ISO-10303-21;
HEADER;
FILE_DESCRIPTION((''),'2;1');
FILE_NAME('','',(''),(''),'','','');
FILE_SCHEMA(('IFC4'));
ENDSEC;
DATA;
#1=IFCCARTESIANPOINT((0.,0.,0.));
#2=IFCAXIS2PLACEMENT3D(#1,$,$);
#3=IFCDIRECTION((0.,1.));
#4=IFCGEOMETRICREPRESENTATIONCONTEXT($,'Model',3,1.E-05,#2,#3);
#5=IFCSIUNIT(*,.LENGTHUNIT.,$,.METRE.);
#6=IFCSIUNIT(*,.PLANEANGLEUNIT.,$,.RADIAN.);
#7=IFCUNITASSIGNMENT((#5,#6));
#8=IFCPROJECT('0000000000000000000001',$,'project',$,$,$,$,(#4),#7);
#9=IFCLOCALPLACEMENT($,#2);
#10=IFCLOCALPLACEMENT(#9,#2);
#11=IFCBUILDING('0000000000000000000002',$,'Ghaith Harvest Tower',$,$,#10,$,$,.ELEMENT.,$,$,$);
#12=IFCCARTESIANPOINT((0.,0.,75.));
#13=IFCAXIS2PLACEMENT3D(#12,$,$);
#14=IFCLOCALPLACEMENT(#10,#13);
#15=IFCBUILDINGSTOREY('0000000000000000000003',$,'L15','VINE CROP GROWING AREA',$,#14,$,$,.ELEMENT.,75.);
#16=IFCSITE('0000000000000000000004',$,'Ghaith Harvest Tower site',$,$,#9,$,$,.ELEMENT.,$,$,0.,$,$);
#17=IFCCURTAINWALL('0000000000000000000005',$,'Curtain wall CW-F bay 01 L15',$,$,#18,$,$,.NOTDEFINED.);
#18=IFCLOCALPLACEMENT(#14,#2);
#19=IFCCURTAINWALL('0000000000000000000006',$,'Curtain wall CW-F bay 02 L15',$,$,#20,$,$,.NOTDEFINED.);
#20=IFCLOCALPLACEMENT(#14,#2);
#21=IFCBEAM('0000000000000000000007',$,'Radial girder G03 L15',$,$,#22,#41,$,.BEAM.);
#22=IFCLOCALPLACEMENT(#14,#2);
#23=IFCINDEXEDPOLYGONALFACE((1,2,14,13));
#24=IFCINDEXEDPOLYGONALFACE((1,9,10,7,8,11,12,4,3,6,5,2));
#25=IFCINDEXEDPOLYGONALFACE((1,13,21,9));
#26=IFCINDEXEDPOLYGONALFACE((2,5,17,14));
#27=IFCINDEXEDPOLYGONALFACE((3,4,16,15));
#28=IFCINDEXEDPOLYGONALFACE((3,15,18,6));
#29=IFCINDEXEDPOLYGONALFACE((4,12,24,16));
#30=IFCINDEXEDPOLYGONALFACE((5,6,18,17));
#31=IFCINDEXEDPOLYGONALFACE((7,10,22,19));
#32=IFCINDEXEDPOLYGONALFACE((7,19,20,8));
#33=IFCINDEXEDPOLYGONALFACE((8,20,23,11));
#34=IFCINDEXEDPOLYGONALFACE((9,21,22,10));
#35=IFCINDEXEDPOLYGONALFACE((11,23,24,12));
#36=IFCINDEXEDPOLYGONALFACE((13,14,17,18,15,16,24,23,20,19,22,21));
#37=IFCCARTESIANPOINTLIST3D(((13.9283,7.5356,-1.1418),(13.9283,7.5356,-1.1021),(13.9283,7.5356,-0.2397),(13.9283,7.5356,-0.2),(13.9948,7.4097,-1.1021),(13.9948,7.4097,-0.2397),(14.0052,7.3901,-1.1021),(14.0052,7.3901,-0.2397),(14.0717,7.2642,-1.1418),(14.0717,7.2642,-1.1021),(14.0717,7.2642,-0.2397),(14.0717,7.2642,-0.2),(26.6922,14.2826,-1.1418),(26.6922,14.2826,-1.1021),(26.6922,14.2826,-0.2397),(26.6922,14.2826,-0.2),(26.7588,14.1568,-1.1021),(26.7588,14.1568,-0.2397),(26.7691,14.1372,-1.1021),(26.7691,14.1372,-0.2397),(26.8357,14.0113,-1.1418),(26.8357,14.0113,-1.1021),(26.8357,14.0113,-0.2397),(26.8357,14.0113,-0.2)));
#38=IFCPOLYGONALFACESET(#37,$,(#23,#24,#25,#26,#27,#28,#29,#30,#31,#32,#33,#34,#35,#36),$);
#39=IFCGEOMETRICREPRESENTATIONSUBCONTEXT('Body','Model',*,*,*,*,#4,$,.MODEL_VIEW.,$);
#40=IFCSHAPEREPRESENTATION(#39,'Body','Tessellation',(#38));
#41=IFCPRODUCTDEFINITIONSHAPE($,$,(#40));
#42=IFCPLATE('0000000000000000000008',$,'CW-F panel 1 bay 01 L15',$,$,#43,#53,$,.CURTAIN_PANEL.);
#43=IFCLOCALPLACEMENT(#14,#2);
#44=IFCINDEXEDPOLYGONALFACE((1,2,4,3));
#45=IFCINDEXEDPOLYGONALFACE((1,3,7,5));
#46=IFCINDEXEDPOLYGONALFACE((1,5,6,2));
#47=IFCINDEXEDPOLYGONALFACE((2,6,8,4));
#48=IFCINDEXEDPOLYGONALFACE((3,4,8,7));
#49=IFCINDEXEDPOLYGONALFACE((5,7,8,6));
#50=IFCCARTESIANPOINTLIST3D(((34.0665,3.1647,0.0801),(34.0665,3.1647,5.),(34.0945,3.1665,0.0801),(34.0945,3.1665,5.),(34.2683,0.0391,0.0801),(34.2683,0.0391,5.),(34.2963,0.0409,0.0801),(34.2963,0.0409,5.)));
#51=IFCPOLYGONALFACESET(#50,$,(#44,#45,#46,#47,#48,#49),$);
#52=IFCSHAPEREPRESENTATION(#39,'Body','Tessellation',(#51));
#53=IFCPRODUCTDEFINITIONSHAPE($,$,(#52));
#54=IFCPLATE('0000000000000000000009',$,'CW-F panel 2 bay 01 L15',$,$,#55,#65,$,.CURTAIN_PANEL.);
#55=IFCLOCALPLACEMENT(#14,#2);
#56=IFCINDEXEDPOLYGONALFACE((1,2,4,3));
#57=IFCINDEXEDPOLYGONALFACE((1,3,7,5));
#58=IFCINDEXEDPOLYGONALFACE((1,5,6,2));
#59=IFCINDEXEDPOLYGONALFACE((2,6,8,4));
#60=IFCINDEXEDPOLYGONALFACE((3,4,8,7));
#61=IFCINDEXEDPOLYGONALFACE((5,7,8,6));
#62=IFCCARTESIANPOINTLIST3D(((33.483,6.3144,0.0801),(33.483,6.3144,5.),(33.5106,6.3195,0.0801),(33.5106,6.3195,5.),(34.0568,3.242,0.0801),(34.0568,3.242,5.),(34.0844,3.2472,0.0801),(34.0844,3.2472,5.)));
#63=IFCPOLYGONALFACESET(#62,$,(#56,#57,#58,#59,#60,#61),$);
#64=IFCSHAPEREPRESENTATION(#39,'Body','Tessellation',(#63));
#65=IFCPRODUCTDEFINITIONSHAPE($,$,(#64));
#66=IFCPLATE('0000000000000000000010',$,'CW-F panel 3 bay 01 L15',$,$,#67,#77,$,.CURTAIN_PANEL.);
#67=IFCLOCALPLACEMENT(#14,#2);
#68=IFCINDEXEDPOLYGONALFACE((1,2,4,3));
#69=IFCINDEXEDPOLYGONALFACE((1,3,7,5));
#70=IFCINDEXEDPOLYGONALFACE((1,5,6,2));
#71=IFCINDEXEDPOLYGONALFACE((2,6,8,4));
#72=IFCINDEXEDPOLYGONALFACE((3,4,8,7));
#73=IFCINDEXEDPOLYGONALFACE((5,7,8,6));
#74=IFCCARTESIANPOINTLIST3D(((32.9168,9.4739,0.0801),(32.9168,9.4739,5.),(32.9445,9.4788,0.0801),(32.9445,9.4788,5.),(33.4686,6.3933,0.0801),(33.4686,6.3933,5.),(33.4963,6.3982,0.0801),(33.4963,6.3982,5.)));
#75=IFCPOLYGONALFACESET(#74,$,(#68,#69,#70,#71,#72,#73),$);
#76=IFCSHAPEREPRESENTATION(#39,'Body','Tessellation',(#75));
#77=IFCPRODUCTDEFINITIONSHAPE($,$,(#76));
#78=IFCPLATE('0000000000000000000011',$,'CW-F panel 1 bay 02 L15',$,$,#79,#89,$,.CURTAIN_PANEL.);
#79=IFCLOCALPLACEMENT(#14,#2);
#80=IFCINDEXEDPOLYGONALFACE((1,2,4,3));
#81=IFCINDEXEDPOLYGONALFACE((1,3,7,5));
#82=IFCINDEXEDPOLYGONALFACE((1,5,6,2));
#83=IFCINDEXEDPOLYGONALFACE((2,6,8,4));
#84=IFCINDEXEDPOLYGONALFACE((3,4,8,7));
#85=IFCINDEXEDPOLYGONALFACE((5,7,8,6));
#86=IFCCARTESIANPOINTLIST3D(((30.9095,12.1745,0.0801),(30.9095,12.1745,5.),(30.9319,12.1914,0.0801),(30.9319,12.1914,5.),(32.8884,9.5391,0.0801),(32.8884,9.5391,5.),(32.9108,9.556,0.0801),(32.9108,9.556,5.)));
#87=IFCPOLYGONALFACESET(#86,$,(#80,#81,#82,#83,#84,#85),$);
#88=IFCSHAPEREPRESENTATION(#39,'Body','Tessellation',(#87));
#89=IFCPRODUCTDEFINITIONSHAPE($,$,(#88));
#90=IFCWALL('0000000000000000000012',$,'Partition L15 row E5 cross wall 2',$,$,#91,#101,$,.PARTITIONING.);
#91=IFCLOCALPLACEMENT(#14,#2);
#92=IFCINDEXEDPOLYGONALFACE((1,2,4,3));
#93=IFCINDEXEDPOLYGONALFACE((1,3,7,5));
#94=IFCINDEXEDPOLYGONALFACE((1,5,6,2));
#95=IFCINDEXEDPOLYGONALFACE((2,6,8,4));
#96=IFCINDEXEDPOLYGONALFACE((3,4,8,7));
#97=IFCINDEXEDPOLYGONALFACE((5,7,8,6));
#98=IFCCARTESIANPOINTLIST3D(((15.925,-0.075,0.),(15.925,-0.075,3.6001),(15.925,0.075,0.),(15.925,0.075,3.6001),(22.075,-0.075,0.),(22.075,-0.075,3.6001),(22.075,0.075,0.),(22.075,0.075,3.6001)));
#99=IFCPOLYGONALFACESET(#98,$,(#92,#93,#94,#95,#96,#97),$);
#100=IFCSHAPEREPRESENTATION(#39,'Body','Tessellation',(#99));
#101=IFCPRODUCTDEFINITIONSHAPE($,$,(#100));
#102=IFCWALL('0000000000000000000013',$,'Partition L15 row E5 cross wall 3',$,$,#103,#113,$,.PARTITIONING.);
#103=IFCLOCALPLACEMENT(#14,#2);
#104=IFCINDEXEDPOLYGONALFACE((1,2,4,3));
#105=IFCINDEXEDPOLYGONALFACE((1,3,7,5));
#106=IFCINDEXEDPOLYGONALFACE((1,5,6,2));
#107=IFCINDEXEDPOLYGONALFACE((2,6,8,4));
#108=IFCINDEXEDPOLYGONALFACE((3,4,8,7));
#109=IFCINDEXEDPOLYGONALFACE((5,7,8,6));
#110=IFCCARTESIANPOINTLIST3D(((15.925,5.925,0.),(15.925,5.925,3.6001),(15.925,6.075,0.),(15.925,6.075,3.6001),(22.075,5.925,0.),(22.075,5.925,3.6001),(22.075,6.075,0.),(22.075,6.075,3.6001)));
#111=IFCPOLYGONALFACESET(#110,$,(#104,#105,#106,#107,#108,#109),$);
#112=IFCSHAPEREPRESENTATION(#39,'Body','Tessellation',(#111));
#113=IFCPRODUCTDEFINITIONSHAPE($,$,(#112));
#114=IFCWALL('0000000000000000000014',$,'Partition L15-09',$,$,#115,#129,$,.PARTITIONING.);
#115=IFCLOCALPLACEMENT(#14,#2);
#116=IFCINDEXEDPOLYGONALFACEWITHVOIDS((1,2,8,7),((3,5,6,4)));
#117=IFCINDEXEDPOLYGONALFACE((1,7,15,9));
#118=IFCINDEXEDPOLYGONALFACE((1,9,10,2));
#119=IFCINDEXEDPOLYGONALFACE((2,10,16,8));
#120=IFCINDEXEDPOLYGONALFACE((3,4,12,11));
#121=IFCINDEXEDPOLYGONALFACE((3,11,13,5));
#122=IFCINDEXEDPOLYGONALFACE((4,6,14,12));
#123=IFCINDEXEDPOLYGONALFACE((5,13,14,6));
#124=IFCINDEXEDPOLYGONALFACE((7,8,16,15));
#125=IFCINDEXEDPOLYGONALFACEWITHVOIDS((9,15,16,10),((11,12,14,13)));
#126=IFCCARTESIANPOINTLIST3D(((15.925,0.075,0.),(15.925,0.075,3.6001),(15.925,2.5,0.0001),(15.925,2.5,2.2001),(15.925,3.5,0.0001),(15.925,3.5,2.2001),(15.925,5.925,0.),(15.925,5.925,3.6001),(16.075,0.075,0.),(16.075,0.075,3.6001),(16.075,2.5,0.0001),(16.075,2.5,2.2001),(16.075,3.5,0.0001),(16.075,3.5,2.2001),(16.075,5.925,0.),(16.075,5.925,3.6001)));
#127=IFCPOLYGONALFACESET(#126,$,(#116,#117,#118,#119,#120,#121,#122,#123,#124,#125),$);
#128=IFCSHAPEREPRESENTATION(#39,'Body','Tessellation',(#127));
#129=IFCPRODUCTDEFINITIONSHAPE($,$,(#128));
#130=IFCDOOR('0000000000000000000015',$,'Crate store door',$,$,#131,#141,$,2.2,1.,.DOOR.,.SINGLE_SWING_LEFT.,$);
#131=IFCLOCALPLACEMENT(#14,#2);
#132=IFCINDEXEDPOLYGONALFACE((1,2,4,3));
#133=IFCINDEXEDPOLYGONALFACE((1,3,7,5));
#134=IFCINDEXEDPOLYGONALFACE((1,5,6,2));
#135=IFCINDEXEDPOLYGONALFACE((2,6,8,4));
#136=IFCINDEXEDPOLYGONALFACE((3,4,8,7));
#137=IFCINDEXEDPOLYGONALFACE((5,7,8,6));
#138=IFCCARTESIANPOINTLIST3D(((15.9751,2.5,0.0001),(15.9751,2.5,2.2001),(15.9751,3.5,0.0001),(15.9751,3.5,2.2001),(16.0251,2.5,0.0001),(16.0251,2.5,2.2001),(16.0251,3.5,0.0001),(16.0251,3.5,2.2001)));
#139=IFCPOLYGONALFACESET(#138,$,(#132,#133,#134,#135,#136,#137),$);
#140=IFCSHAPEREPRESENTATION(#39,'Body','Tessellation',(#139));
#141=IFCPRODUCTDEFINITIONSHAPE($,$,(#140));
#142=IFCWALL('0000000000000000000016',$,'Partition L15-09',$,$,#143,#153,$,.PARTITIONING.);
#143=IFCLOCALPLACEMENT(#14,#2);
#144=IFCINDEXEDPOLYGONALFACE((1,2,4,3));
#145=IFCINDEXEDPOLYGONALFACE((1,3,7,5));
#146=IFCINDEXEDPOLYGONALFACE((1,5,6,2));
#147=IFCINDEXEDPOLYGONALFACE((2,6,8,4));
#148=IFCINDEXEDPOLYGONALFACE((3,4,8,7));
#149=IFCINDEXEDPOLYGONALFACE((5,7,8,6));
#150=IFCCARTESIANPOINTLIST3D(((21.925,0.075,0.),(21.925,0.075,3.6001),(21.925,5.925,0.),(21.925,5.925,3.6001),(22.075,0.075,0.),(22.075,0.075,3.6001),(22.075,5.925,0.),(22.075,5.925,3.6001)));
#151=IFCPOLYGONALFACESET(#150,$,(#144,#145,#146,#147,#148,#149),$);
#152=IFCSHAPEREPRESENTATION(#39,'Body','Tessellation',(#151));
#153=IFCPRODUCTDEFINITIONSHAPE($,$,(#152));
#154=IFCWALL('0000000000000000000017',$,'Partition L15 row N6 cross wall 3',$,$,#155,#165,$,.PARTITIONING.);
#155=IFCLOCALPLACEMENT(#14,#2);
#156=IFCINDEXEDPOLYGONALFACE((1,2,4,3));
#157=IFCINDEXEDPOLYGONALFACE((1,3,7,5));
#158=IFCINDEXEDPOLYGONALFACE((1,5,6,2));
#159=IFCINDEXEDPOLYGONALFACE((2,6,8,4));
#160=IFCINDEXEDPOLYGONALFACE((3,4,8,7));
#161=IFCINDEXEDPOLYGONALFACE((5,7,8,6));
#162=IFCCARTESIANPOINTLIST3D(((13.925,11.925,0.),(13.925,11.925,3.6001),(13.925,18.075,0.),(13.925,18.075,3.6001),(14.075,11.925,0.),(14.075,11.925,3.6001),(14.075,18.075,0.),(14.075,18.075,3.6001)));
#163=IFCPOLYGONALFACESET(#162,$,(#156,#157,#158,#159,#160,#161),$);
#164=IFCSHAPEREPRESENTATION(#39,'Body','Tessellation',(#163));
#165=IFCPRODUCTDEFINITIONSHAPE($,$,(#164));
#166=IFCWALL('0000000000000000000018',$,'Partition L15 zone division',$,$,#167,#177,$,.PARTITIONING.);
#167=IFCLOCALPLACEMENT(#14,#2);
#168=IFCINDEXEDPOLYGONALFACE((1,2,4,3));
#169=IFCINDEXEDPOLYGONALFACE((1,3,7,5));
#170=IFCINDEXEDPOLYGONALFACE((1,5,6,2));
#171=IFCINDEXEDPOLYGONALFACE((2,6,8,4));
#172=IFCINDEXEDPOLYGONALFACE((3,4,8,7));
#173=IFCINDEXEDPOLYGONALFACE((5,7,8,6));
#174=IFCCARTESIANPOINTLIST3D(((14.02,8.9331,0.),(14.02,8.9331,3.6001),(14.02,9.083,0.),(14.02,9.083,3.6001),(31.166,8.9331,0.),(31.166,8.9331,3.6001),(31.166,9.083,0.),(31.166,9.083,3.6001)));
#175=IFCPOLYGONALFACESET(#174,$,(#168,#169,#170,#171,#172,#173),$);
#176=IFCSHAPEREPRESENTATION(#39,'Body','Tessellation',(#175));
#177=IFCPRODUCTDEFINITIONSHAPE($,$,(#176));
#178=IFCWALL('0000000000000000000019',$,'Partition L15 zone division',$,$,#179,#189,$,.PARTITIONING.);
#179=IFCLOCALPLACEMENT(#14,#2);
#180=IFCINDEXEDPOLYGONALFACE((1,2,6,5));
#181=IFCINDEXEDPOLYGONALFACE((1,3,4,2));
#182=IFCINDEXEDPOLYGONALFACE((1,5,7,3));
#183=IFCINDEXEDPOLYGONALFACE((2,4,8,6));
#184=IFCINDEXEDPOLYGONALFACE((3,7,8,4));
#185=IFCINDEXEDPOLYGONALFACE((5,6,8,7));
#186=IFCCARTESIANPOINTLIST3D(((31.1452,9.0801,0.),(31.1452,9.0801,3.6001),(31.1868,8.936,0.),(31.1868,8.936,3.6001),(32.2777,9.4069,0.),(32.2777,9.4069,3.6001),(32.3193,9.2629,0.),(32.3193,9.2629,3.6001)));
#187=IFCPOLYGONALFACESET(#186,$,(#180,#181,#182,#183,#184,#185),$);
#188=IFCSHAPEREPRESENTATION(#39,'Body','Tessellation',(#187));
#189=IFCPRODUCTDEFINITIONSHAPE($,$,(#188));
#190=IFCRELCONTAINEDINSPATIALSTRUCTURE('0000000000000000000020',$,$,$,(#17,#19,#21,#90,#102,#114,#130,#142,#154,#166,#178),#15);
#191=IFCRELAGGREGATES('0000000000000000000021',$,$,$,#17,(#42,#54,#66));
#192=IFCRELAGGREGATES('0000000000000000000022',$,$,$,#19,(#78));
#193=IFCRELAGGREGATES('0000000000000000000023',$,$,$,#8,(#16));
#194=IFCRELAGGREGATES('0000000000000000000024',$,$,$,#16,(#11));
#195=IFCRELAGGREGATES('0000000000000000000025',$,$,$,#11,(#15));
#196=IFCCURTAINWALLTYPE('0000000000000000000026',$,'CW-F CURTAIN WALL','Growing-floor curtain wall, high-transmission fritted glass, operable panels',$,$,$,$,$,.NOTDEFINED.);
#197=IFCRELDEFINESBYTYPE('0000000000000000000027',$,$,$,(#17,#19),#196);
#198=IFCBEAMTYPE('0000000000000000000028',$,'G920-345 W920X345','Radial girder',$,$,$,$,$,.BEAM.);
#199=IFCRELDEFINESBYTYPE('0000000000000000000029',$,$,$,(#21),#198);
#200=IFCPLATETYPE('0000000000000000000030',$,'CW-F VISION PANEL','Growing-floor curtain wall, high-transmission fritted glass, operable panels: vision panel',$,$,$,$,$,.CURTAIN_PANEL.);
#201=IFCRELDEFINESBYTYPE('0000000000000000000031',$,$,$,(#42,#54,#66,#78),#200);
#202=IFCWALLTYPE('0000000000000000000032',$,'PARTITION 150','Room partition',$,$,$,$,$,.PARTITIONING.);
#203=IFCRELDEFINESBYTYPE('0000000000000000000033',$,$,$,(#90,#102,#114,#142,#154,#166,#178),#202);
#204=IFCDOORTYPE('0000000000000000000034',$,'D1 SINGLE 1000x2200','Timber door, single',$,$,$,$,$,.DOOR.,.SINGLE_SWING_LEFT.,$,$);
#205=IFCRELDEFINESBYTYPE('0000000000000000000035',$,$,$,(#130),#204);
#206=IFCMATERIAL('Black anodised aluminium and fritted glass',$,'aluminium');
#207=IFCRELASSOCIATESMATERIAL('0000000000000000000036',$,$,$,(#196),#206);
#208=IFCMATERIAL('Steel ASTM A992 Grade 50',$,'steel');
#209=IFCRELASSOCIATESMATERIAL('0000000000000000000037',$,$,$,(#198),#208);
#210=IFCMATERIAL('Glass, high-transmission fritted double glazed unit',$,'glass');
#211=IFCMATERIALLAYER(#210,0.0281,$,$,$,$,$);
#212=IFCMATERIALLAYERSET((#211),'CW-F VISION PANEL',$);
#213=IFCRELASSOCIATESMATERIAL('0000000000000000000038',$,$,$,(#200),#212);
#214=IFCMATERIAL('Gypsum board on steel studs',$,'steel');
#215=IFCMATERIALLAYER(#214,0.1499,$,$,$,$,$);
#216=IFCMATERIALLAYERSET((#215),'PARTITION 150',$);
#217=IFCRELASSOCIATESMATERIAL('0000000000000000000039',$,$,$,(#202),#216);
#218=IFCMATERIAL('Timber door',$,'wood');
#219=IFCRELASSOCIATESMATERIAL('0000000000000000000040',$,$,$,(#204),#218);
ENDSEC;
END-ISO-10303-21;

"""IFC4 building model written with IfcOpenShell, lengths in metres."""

from ifc_helpers import new_model, si_unit, direction, frame, frame_2d, origin, origin_2d, place, context, subcontext, project, spatial, rectangle, i_section, extrude, material, layer, layer_set, material_profile, profile_set, type_object, element, fill, aggregate, save


model = new_model("IFC4")

# Units and contexts
model_context = context("Model", 3, precision=1e-05, world=origin(), true_north=direction((0.0, 1.0)))
body_context = subcontext(model_context, "Body", "Model", "MODEL_VIEW")
ifc_project = project(units=[si_unit("LENGTHUNIT", "METRE"), si_unit("PLANEANGLEUNIT", "RADIAN")], contexts=[model_context])

# Site, building, storey
site_placement = place(None, origin())
site = spatial("IfcSite", under=ifc_project, at=site_placement, Name="Ghaith Harvest Tower site", CompositionType="ELEMENT", RefElevation=0.0)
building_placement = place(site_placement, origin())
building = spatial("IfcBuilding", under=site, at=building_placement, Name="Ghaith Harvest Tower", CompositionType="ELEMENT")
storey_placement = place(building_placement, frame((0.0, 0.0, 75.0)))
storey = spatial("IfcBuildingStorey", under=building, at=storey_placement, Name="L15", Description="VINE CROP GROWING AREA", CompositionType="ELEMENT", Elevation=75.0)

# Curtain wall
ifc_material_1 = material(Name="Black anodised aluminium and fritted glass", Category="aluminium")
curtain_wall_type = type_object("IfcCurtainWallType", Name="CW-F CURTAIN WALL", Description="Growing-floor curtain wall, high-transmission fritted glass, operable panels", PredefinedType="NOTDEFINED", material=ifc_material_1)
curtain_wall_1_placement = place(storey_placement, origin())
curtain_wall_1 = element("IfcCurtainWall", 1, at=curtain_wall_1_placement, inside=storey, type_object=curtain_wall_type, Name="Curtain wall CW-F bay 01 L15", PredefinedType="NOTDEFINED")

# Curtain wall
curtain_wall_2_placement = place(storey_placement, origin())
curtain_wall_2 = element("IfcCurtainWall", 2, at=curtain_wall_2_placement, inside=storey, type_object=curtain_wall_type, Name="Curtain wall CW-F bay 02 L15", PredefinedType="NOTDEFINED")

# Beam
ifc_material_2 = material(Name="Steel ASTM A992 Grade 50", Category="steel")
ifc_material_profile_1 = material_profile(ifc_material_2, i_section(OverallWidth=0.3069, OverallDepth=0.9419, WebThickness=0.0222, FlangeThickness=0.0398, at=origin_2d()), Name="W920X345")
ifc_profile_set_1 = profile_set([ifc_material_profile_1], Name="Steel ASTM A992 Grade 50")
beam_type_1 = type_object("IfcBeamType", Name="G920-345 W920X345", Description="Radial girder", PredefinedType="BEAM", material=ifc_profile_set_1)
beam_1_placement = place(storey_placement, frame((14.0, 7.3999, -0.6709), z_axis=(0.884083, 0.467331, 0.0), x_axis=(-0.467331, 0.884083, 0.0)))
element("IfcBeam", 3, at=beam_1_placement, inside=storey, type_object=beam_type_1, Name="Radial girder G03 L15", PredefinedType="BEAM", context=body_context, shape_type="SweptSolid", body=[
    extrude(i_section(OverallWidth=0.3069, OverallDepth=0.9419, WebThickness=0.0222, FlangeThickness=0.0398, at=origin_2d()), origin(), (0.0, 0.0, 1.0), 14.4375),
])

# Plates
ifc_material_3 = material(Name="Glass, high-transmission fritted double glazed unit", Category="glass")
ifc_layer_1 = layer(ifc_material_3, 0.0281)
ifc_layer_set_1 = layer_set([ifc_layer_1], Name="CW-F VISION PANEL")
plate_type = type_object("IfcPlateType", Name="CW-F VISION PANEL", Description="Growing-floor curtain wall, high-transmission fritted glass, operable panels: vision panel", PredefinedType="CURTAIN_PANEL", material=ifc_layer_set_1)
plate_1_placement = place(storey_placement, frame((34.1814, 1.6028, 0.0801), z_axis=(0.0, 0.0, 1.0), x_axis=(-0.064446, 0.997921, 0.0)))
plate_1 = element("IfcPlate", 4, at=plate_1_placement, type_object=plate_type, Name="CW-F panel 1 bay 01 L15", PredefinedType="CURTAIN_PANEL", context=body_context, shape_type="SweptSolid", body=[
    extrude(rectangle(XDim=3.1321, YDim=0.0281, at=origin_2d()), origin(), (0.0, 0.0, 1.0), 4.9199),
])
plate_2_placement = place(storey_placement, frame((33.7837, 4.7808, 0.0801), z_axis=(0.0, 0.0, 1.0), x_axis=(-0.183569, 0.983007, 0.0)))
plate_2 = element("IfcPlate", 5, at=plate_2_placement, type_object=plate_type, Name="CW-F panel 2 bay 01 L15", PredefinedType="CURTAIN_PANEL", context=body_context, shape_type="SweptSolid", body=[
    extrude(rectangle(XDim=3.1255, YDim=0.0281, at=origin_2d()), origin(), (0.0, 0.0, 1.0), 4.9199),
])
plate_3_placement = place(storey_placement, frame((33.2065, 7.936, 0.0801), z_axis=(0.0, 0.0, 1.0), x_axis=(-0.17632, 0.984333, 0.0)))
plate_3 = element("IfcPlate", 6, at=plate_3_placement, type_object=plate_type, Name="CW-F panel 3 bay 01 L15", PredefinedType="CURTAIN_PANEL", context=body_context, shape_type="SweptSolid", body=[
    extrude(rectangle(XDim=3.1296, YDim=0.0281, at=origin_2d()), origin(), (0.0, 0.0, 1.0), 4.9199),
])
aggregate(curtain_wall_1, [plate_1, plate_2, plate_3])
plate_4_placement = place(storey_placement, frame((31.9102, 10.8652, 0.0801), z_axis=(0.0, 0.0, 1.0), x_axis=(-0.600454, 0.799659, 0.0)))
plate_4 = element("IfcPlate", 7, at=plate_4_placement, type_object=plate_type, Name="CW-F panel 1 bay 02 L15", PredefinedType="CURTAIN_PANEL", context=body_context, shape_type="SweptSolid", body=[
    extrude(rectangle(XDim=3.2957, YDim=0.0281, at=origin_2d()), origin(), (0.0, 0.0, 1.0), 4.9199),
])
aggregate(curtain_wall_2, [plate_4])

# Walls
ifc_material_4 = material(Name="Gypsum board on steel studs", Category="steel")
ifc_layer_2 = layer(ifc_material_4, 0.1499)
ifc_layer_set_2 = layer_set([ifc_layer_2], Name="PARTITION 150")
wall_type_1 = type_object("IfcWallType", Name="PARTITION 150", Description="Room partition", PredefinedType="PARTITIONING", material=ifc_layer_set_2)
for number, where, z_axis, x_axis, name in (
    (8, (15.925, 0.0, 0.0), (0.0, 0.0, 1.0), (1.0, 0.0, 0.0), "Partition L15 row E5 cross wall 2"),
    (9, (15.925, 6.0, 0.0), (0.0, 0.0, 1.0), (1.0, 0.0, 0.0), "Partition L15 row E5 cross wall 3"),
):
    element("IfcWall", number, at=place(storey_placement, frame(where, z_axis=z_axis, x_axis=x_axis)), inside=storey, type_object=wall_type_1, Name=name, PredefinedType="PARTITIONING", context=body_context, shape_type="SweptSolid", body=[
        extrude(rectangle(XDim=6.1499, YDim=0.1499, at=frame_2d((3.075, 0.0))), origin(), (0.0, 0.0, 1.0), 3.6001),
    ])

# Wall, opening, door
wall_1_placement = place(storey_placement, frame((16.0, 0.075, 0.0), z_axis=(0.0, 0.0, 1.0), x_axis=(0.0, 1.0, 0.0)))
wall_1 = element("IfcWall", 10, at=wall_1_placement, inside=storey, type_object=wall_type_1, Name="Partition L15-09", PredefinedType="PARTITIONING", context=body_context, shape_type="SweptSolid", body=[
    extrude(rectangle(XDim=5.8501, YDim=0.1499, at=frame_2d((2.925, 0.0))), origin(), (0.0, 0.0, 1.0), 3.6001),
])
opening_1_placement = place(wall_1_placement, frame((2.425, 0.0, 0.0)))
opening_1 = element("IfcOpeningElement", 11, at=opening_1_placement, cuts=wall_1, PredefinedType="OPENING", context=body_context, shape_type="SweptSolid", body=[
    extrude(rectangle(XDim=1.0, YDim=2.2, at=frame_2d((0.5, 1.1001))), frame((0.0, 0.085, 0.0), z_axis=(0.0, -1.0, 0.0), x_axis=(1.0, 0.0, 0.0)), (0.0, 0.0, 1.0), 0.1699),
])
ifc_material_5 = material(Name="Timber door", Category="wood")
door_type_1 = type_object("IfcDoorType", Name="D1 SINGLE 1000x2200", Description="Timber door, single", OperationType="SINGLE_SWING_LEFT", PredefinedType="DOOR", material=ifc_material_5)
door_1_placement = place(opening_1_placement, origin())
door_1 = element("IfcDoor", 12, at=door_1_placement, inside=storey, type_object=door_type_1, Name="Crate store door", OperationType="SINGLE_SWING_LEFT", OverallHeight=2.2, OverallWidth=1.0, PredefinedType="DOOR", context=body_context, shape_type="SweptSolid", body=[
    extrude(rectangle(XDim=1.0, YDim=2.2, at=frame_2d((0.5, 1.1001))), frame((0.0, 0.0249, 0.0), z_axis=(0.0, -1.0, 0.0), x_axis=(1.0, 0.0, 0.0)), (0.0, 0.0, 1.0), 0.05),
])
fill(opening_1, door_1)

# Walls
wall_2_placement = place(storey_placement, frame((22.0, 0.075, 0.0), z_axis=(0.0, 0.0, 1.0), x_axis=(0.0, 1.0, 0.0)))
element("IfcWall", 13, at=wall_2_placement, inside=storey, type_object=wall_type_1, Name="Partition L15-09", PredefinedType="PARTITIONING", context=body_context, shape_type="SweptSolid", body=[
    extrude(rectangle(XDim=5.8501, YDim=0.1499, at=frame_2d((2.925, 0.0))), origin(), (0.0, 0.0, 1.0), 3.6001),
])
wall_3_placement = place(storey_placement, frame((14.0, 11.925, 0.0), z_axis=(0.0, 0.0, 1.0), x_axis=(0.0, 1.0, 0.0)))
element("IfcWall", 14, at=wall_3_placement, inside=storey, type_object=wall_type_1, Name="Partition L15 row N6 cross wall 3", PredefinedType="PARTITIONING", context=body_context, shape_type="SweptSolid", body=[
    extrude(rectangle(XDim=6.1499, YDim=0.1499, at=frame_2d((3.075, 0.0))), origin(), (0.0, 0.0, 1.0), 3.6001),
])
wall_4_placement = place(storey_placement, frame((14.02, 9.0081, 0.0), z_axis=(0.0, 0.0, 1.0), x_axis=(1.0, 0.0, 0.0)))
element("IfcWall", 15, at=wall_4_placement, inside=storey, type_object=wall_type_1, Name="Partition L15 zone division", PredefinedType="PARTITIONING", context=body_context, shape_type="SweptSolid", body=[
    extrude(rectangle(XDim=17.146, YDim=0.1499, at=frame_2d((8.573, 0.0))), origin(), (0.0, 0.0, 1.0), 3.6001),
])
wall_5_placement = place(storey_placement, frame((31.166, 9.0081, 0.0), z_axis=(0.0, 0.0, 1.0), x_axis=(0.960778, 0.277319, 0.0)))
element("IfcWall", 16, at=wall_5_placement, inside=storey, type_object=wall_type_1, Name="Partition L15 zone division", PredefinedType="PARTITIONING", context=body_context, shape_type="SweptSolid", body=[
    extrude(rectangle(XDim=1.1787, YDim=0.1499, at=frame_2d((0.5894, 0.0))), origin(), (0.0, 0.0, 1.0), 3.6001),
])

save(model, "model.ifc")
